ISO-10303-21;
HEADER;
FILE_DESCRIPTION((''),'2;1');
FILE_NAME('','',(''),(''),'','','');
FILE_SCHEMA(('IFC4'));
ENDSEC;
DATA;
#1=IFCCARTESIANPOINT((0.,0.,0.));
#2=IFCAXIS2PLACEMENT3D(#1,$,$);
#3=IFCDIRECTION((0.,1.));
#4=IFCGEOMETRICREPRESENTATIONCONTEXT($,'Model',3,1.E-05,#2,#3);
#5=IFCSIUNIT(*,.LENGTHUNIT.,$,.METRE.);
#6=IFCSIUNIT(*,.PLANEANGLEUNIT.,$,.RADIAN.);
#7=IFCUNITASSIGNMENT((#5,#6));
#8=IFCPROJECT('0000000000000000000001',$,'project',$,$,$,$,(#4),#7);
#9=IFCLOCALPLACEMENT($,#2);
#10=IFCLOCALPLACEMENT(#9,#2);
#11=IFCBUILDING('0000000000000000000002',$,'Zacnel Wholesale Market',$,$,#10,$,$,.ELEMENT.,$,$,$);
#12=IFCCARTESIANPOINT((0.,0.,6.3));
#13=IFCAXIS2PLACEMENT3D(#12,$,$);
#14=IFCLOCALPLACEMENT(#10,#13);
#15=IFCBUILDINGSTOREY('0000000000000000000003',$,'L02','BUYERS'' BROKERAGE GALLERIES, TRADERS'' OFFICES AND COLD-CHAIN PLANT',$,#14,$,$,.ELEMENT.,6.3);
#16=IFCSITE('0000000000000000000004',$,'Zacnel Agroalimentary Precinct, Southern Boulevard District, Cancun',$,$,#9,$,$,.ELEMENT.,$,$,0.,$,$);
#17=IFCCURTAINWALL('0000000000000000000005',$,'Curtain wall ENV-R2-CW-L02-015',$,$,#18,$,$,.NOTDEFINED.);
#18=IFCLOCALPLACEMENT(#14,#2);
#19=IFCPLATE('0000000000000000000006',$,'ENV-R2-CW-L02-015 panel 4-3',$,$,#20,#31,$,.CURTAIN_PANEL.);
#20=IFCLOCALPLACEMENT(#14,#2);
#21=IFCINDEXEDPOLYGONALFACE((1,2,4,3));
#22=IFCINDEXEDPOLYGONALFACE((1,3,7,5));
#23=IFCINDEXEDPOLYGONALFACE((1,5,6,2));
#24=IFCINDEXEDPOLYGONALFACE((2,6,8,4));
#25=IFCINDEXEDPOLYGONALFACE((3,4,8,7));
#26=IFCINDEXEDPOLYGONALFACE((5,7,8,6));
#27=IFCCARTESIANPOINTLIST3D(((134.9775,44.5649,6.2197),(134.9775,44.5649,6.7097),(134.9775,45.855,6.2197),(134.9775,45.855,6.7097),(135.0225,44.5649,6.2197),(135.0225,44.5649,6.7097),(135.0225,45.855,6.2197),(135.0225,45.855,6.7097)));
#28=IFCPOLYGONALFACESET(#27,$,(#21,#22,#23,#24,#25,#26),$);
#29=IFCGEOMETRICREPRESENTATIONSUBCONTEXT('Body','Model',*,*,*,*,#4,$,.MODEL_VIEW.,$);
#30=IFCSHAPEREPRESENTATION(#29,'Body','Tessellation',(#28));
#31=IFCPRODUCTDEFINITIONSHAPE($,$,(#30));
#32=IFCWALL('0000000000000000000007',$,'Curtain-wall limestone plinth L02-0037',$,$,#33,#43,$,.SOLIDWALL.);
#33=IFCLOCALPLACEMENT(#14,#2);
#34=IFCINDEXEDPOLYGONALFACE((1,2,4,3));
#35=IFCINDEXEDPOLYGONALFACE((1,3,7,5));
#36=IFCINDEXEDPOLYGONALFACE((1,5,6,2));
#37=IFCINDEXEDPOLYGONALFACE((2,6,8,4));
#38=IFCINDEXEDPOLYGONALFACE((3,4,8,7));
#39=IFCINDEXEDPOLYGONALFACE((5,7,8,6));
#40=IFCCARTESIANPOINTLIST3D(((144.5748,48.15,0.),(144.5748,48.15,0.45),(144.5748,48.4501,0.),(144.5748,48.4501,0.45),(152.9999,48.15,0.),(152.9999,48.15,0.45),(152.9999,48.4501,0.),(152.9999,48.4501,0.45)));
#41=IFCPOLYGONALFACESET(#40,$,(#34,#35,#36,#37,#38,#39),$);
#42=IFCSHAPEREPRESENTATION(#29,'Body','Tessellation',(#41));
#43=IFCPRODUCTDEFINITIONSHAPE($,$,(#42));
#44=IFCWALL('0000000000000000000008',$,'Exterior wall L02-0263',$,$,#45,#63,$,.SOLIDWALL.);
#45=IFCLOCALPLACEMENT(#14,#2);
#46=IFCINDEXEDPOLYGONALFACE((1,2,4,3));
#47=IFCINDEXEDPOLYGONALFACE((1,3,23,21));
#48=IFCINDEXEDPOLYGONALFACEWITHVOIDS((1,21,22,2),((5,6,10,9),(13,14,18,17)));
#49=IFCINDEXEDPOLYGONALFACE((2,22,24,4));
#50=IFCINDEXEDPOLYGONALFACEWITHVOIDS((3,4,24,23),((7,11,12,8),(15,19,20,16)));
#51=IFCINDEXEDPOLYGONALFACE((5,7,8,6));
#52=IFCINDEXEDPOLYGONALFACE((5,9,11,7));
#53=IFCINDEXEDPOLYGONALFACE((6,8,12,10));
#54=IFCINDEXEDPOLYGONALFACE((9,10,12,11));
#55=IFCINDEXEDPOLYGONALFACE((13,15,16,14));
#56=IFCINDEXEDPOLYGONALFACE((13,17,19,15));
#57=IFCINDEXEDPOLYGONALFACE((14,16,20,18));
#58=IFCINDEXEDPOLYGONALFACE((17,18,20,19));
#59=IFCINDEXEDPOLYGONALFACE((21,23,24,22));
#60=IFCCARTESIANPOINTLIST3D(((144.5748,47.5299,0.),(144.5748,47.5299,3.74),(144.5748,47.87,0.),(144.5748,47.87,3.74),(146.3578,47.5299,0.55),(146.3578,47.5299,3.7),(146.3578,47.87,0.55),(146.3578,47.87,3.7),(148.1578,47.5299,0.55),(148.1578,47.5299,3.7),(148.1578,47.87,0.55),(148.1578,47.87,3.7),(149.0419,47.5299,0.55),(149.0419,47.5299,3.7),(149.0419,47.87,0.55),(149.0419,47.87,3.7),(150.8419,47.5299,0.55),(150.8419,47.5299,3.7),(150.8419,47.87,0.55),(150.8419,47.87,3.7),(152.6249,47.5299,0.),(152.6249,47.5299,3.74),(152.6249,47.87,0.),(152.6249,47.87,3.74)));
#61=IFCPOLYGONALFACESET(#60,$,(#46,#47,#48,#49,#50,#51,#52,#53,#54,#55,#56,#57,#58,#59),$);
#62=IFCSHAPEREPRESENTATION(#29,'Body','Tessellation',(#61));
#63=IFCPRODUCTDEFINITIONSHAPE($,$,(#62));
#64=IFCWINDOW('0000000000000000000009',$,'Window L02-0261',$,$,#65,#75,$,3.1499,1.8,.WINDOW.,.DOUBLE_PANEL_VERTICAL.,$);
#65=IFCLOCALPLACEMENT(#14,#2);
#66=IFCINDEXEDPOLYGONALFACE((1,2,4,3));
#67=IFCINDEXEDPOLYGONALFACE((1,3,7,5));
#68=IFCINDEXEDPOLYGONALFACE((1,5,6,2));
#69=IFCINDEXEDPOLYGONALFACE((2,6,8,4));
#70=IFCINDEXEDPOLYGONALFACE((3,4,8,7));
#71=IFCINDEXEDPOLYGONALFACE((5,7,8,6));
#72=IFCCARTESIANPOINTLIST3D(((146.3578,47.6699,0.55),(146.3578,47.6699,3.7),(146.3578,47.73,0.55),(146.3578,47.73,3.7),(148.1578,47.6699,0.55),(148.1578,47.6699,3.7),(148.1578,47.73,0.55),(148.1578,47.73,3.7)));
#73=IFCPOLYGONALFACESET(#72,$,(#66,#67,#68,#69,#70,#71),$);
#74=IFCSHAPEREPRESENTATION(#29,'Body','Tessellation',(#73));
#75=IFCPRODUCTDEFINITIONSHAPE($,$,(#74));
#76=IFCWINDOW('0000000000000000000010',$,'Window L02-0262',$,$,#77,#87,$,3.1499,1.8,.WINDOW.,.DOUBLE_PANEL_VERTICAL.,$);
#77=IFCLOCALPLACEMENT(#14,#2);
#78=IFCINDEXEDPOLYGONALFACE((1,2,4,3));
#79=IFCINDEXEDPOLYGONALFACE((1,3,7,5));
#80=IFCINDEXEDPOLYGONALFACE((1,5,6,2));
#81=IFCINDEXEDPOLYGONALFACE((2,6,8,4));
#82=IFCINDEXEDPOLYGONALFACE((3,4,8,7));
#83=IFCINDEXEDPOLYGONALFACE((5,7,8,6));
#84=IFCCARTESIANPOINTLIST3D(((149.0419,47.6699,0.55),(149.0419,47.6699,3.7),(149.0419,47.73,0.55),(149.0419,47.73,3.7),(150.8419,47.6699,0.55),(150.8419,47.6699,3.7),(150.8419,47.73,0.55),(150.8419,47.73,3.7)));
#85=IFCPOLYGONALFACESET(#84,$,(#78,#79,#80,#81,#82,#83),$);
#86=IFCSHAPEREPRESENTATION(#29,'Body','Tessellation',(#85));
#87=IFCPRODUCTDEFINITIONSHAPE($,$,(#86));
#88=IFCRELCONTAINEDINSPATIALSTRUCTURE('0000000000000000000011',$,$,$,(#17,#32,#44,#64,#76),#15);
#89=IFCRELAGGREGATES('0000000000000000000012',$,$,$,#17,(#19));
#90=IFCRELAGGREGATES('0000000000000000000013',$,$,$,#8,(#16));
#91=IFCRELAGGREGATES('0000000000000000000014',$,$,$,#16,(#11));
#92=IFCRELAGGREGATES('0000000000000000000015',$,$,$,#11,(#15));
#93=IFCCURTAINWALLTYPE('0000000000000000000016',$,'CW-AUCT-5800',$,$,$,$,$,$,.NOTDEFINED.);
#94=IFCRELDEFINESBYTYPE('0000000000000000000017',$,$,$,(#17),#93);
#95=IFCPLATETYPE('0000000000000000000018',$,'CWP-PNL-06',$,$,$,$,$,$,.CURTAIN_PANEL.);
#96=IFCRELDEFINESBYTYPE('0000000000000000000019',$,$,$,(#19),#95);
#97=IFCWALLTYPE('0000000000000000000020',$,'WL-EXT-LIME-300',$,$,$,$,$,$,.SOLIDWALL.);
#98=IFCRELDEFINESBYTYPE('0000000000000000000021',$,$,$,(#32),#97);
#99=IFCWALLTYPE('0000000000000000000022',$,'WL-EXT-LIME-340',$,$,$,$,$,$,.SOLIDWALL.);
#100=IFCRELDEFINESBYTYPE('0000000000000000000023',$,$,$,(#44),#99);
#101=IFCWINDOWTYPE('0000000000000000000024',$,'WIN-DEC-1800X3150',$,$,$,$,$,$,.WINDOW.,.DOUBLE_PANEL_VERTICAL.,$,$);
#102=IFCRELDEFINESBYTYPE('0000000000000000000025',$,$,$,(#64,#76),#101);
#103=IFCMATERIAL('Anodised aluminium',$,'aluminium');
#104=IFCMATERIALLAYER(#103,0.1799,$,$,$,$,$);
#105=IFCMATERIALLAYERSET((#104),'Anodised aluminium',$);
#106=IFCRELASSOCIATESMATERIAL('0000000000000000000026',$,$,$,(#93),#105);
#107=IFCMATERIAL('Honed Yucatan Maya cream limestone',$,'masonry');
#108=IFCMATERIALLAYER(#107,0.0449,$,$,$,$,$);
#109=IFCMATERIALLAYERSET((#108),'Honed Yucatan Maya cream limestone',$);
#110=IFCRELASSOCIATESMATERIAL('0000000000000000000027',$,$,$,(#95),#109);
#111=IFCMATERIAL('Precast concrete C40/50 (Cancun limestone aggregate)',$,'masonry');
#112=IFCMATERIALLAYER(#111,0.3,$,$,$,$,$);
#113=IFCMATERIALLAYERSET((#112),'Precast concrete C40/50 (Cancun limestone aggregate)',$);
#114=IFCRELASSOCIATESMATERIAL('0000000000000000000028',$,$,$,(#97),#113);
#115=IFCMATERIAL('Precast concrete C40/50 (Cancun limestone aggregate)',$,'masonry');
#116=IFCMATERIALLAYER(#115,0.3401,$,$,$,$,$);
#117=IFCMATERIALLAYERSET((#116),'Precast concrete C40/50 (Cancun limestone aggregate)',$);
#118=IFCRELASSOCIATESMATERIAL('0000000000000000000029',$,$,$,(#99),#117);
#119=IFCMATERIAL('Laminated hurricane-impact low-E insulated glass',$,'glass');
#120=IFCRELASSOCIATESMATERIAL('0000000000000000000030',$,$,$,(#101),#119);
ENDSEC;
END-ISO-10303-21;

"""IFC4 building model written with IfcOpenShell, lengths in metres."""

from ifc_helpers import new_model, si_unit, direction, frame, frame_2d, origin, origin_2d, place, context, subcontext, project, spatial, rectangle, extrude, material, layer, layer_set, type_object, element, fill, aggregate, save


model = new_model("IFC4")

# Units and contexts
model_context = context("Model", 3, precision=1e-05, world=origin(), true_north=direction((0.0, 1.0)))
body_context = subcontext(model_context, "Body", "Model", "MODEL_VIEW")
ifc_project = project(units=[si_unit("LENGTHUNIT", "METRE"), si_unit("PLANEANGLEUNIT", "RADIAN")], contexts=[model_context])

# Site, building, storey
site_placement = place(None, origin())
site = spatial("IfcSite", under=ifc_project, at=site_placement, Name="Zacnel Agroalimentary Precinct, Southern Boulevard District, Cancun", CompositionType="ELEMENT", RefElevation=0.0)
building_placement = place(site_placement, origin())
building = spatial("IfcBuilding", under=site, at=building_placement, Name="Zacnel Wholesale Market", CompositionType="ELEMENT")
storey_placement = place(building_placement, frame((0.0, 0.0, 6.3)))
storey = spatial("IfcBuildingStorey", under=building, at=storey_placement, Name="L02", Description="BUYERS' BROKERAGE GALLERIES, TRADERS' OFFICES AND COLD-CHAIN PLANT", CompositionType="ELEMENT", Elevation=6.3)

# Curtain wall
ifc_material_1 = material(Name="Anodised aluminium", Category="aluminium")
ifc_layer_1 = layer(ifc_material_1, 0.1799)
ifc_layer_set_1 = layer_set([ifc_layer_1], Name="Anodised aluminium")
curtain_wall_type_1 = type_object("IfcCurtainWallType", Name="CW-AUCT-5800", PredefinedType="NOTDEFINED", material=ifc_layer_set_1)
curtain_wall_1_placement = place(storey_placement, origin())
curtain_wall_1 = element("IfcCurtainWall", 1, at=curtain_wall_1_placement, inside=storey, type_object=curtain_wall_type_1, Name="Curtain wall ENV-R2-CW-L02-015", PredefinedType="NOTDEFINED")

# Plate
ifc_material_2 = material(Name="Honed Yucatan Maya cream limestone", Category="masonry")
ifc_layer_2 = layer(ifc_material_2, 0.0449)
ifc_layer_set_2 = layer_set([ifc_layer_2], Name="Honed Yucatan Maya cream limestone")
plate_type_1 = type_object("IfcPlateType", Name="CWP-PNL-06", PredefinedType="CURTAIN_PANEL", material=ifc_layer_set_2)
plate_1_placement = place(storey_placement, frame((135.0, 45.21, 6.2197), z_axis=(0.0, 0.0, 1.0), x_axis=(0.0, 1.0, 0.0)))
plate_1 = element("IfcPlate", 2, at=plate_1_placement, type_object=plate_type_1, Name="ENV-R2-CW-L02-015 panel 4-3", PredefinedType="CURTAIN_PANEL", context=body_context, shape_type="SweptSolid", body=[
    extrude(rectangle(XDim=1.29, YDim=0.0449, at=origin_2d()), origin(), (0.0, 0.0, 1.0), 0.49),
])
aggregate(curtain_wall_1, [plate_1])

# Wall
ifc_material_3 = material(Name="Precast concrete C40/50 (Cancun limestone aggregate)", Category="masonry")
ifc_layer_3 = layer(ifc_material_3, 0.3)
ifc_layer_set_3 = layer_set([ifc_layer_3], Name="Precast concrete C40/50 (Cancun limestone aggregate)")
wall_type_1 = type_object("IfcWallType", Name="WL-EXT-LIME-300", PredefinedType="SOLIDWALL", material=ifc_layer_set_3)
wall_1_placement = place(storey_placement, frame((144.575, 48.3, 0.0), z_axis=(0.0, 0.0, 1.0), x_axis=(1.0, 0.0, 0.0)))
element("IfcWall", 3, at=wall_1_placement, inside=storey, type_object=wall_type_1, Name="Curtain-wall limestone plinth L02-0037", PredefinedType="SOLIDWALL", context=body_context, shape_type="SweptSolid", body=[
    extrude(rectangle(XDim=8.425, YDim=0.3, at=frame_2d((4.2124, 0.0))), origin(), (0.0, 0.0, 1.0), 0.45),
])

# Wall, openings, windows
ifc_material_4 = material(Name="Precast concrete C40/50 (Cancun limestone aggregate)", Category="masonry")
ifc_layer_4 = layer(ifc_material_4, 0.3401)
ifc_layer_set_4 = layer_set([ifc_layer_4], Name="Precast concrete C40/50 (Cancun limestone aggregate)")
wall_type_2 = type_object("IfcWallType", Name="WL-EXT-LIME-340", PredefinedType="SOLIDWALL", material=ifc_layer_set_4)
wall_2_placement = place(storey_placement, frame((144.575, 47.7, 0.0), z_axis=(0.0, 0.0, 1.0), x_axis=(1.0, 0.0, 0.0)))
wall_2 = element("IfcWall", 4, at=wall_2_placement, inside=storey, type_object=wall_type_2, Name="Exterior wall L02-0263", PredefinedType="SOLIDWALL", context=body_context, shape_type="SweptSolid", body=[
    extrude(rectangle(XDim=8.05, YDim=0.3401, at=frame_2d((4.0249, 0.0))), origin(), (0.0, 0.0, 1.0), 3.74),
])
opening_1_placement = place(wall_2_placement, frame((1.783, 0.0, 0.55)))
opening_1 = element("IfcOpeningElement", 5, at=opening_1_placement, cuts=wall_2, PredefinedType="OPENING", context=body_context, shape_type="SweptSolid", body=[
    extrude(rectangle(XDim=1.8, YDim=3.1499, at=frame_2d((0.8999, 1.575))), frame((0.0, 0.1799, 0.0), z_axis=(0.0, -1.0, 0.0), x_axis=(1.0, 0.0, 0.0)), (0.0, 0.0, 1.0), 0.3601),
])
opening_2_placement = place(wall_2_placement, frame((4.467, 0.0, 0.55)))
opening_2 = element("IfcOpeningElement", 6, at=opening_2_placement, cuts=wall_2, PredefinedType="OPENING", context=body_context, shape_type="SweptSolid", body=[
    extrude(rectangle(XDim=1.8, YDim=3.1499, at=frame_2d((0.8999, 1.575))), frame((0.0, 0.1799, 0.0), z_axis=(0.0, -1.0, 0.0), x_axis=(1.0, 0.0, 0.0)), (0.0, 0.0, 1.0), 0.3601),
])
ifc_material_5 = material(Name="Laminated hurricane-impact low-E insulated glass", Category="glass")
window_type = type_object("IfcWindowType", Name="WIN-DEC-1800X3150", PartitioningType="DOUBLE_PANEL_VERTICAL", PredefinedType="WINDOW", material=ifc_material_5)
window_1_placement = place(opening_1_placement, origin())
window_1 = element("IfcWindow", 7, at=window_1_placement, inside=storey, type_object=window_type, Name="Window L02-0261", OverallHeight=3.1499, OverallWidth=1.8, PartitioningType="DOUBLE_PANEL_VERTICAL", PredefinedType="WINDOW", context=body_context, shape_type="SweptSolid", body=[
    extrude(rectangle(XDim=1.8, YDim=3.1499, at=frame_2d((0.8999, 1.575))), frame((0.0, 0.03, 0.0), z_axis=(0.0, -1.0, 0.0), x_axis=(1.0, 0.0, 0.0)), (0.0, 0.0, 1.0), 0.0601),
])
fill(opening_1, window_1)
window_2_placement = place(opening_2_placement, origin())
window_2 = element("IfcWindow", 8, at=window_2_placement, inside=storey, type_object=window_type, Name="Window L02-0262", OverallHeight=3.1499, OverallWidth=1.8, PartitioningType="DOUBLE_PANEL_VERTICAL", PredefinedType="WINDOW", context=body_context, shape_type="SweptSolid", body=[
    extrude(rectangle(XDim=1.8, YDim=3.1499, at=frame_2d((0.8999, 1.575))), frame((0.0, 0.03, 0.0), z_axis=(0.0, -1.0, 0.0), x_axis=(1.0, 0.0, 0.0)), (0.0, 0.0, 1.0), 0.0601),
])
fill(opening_2, window_2)

save(model, "model.ifc")
